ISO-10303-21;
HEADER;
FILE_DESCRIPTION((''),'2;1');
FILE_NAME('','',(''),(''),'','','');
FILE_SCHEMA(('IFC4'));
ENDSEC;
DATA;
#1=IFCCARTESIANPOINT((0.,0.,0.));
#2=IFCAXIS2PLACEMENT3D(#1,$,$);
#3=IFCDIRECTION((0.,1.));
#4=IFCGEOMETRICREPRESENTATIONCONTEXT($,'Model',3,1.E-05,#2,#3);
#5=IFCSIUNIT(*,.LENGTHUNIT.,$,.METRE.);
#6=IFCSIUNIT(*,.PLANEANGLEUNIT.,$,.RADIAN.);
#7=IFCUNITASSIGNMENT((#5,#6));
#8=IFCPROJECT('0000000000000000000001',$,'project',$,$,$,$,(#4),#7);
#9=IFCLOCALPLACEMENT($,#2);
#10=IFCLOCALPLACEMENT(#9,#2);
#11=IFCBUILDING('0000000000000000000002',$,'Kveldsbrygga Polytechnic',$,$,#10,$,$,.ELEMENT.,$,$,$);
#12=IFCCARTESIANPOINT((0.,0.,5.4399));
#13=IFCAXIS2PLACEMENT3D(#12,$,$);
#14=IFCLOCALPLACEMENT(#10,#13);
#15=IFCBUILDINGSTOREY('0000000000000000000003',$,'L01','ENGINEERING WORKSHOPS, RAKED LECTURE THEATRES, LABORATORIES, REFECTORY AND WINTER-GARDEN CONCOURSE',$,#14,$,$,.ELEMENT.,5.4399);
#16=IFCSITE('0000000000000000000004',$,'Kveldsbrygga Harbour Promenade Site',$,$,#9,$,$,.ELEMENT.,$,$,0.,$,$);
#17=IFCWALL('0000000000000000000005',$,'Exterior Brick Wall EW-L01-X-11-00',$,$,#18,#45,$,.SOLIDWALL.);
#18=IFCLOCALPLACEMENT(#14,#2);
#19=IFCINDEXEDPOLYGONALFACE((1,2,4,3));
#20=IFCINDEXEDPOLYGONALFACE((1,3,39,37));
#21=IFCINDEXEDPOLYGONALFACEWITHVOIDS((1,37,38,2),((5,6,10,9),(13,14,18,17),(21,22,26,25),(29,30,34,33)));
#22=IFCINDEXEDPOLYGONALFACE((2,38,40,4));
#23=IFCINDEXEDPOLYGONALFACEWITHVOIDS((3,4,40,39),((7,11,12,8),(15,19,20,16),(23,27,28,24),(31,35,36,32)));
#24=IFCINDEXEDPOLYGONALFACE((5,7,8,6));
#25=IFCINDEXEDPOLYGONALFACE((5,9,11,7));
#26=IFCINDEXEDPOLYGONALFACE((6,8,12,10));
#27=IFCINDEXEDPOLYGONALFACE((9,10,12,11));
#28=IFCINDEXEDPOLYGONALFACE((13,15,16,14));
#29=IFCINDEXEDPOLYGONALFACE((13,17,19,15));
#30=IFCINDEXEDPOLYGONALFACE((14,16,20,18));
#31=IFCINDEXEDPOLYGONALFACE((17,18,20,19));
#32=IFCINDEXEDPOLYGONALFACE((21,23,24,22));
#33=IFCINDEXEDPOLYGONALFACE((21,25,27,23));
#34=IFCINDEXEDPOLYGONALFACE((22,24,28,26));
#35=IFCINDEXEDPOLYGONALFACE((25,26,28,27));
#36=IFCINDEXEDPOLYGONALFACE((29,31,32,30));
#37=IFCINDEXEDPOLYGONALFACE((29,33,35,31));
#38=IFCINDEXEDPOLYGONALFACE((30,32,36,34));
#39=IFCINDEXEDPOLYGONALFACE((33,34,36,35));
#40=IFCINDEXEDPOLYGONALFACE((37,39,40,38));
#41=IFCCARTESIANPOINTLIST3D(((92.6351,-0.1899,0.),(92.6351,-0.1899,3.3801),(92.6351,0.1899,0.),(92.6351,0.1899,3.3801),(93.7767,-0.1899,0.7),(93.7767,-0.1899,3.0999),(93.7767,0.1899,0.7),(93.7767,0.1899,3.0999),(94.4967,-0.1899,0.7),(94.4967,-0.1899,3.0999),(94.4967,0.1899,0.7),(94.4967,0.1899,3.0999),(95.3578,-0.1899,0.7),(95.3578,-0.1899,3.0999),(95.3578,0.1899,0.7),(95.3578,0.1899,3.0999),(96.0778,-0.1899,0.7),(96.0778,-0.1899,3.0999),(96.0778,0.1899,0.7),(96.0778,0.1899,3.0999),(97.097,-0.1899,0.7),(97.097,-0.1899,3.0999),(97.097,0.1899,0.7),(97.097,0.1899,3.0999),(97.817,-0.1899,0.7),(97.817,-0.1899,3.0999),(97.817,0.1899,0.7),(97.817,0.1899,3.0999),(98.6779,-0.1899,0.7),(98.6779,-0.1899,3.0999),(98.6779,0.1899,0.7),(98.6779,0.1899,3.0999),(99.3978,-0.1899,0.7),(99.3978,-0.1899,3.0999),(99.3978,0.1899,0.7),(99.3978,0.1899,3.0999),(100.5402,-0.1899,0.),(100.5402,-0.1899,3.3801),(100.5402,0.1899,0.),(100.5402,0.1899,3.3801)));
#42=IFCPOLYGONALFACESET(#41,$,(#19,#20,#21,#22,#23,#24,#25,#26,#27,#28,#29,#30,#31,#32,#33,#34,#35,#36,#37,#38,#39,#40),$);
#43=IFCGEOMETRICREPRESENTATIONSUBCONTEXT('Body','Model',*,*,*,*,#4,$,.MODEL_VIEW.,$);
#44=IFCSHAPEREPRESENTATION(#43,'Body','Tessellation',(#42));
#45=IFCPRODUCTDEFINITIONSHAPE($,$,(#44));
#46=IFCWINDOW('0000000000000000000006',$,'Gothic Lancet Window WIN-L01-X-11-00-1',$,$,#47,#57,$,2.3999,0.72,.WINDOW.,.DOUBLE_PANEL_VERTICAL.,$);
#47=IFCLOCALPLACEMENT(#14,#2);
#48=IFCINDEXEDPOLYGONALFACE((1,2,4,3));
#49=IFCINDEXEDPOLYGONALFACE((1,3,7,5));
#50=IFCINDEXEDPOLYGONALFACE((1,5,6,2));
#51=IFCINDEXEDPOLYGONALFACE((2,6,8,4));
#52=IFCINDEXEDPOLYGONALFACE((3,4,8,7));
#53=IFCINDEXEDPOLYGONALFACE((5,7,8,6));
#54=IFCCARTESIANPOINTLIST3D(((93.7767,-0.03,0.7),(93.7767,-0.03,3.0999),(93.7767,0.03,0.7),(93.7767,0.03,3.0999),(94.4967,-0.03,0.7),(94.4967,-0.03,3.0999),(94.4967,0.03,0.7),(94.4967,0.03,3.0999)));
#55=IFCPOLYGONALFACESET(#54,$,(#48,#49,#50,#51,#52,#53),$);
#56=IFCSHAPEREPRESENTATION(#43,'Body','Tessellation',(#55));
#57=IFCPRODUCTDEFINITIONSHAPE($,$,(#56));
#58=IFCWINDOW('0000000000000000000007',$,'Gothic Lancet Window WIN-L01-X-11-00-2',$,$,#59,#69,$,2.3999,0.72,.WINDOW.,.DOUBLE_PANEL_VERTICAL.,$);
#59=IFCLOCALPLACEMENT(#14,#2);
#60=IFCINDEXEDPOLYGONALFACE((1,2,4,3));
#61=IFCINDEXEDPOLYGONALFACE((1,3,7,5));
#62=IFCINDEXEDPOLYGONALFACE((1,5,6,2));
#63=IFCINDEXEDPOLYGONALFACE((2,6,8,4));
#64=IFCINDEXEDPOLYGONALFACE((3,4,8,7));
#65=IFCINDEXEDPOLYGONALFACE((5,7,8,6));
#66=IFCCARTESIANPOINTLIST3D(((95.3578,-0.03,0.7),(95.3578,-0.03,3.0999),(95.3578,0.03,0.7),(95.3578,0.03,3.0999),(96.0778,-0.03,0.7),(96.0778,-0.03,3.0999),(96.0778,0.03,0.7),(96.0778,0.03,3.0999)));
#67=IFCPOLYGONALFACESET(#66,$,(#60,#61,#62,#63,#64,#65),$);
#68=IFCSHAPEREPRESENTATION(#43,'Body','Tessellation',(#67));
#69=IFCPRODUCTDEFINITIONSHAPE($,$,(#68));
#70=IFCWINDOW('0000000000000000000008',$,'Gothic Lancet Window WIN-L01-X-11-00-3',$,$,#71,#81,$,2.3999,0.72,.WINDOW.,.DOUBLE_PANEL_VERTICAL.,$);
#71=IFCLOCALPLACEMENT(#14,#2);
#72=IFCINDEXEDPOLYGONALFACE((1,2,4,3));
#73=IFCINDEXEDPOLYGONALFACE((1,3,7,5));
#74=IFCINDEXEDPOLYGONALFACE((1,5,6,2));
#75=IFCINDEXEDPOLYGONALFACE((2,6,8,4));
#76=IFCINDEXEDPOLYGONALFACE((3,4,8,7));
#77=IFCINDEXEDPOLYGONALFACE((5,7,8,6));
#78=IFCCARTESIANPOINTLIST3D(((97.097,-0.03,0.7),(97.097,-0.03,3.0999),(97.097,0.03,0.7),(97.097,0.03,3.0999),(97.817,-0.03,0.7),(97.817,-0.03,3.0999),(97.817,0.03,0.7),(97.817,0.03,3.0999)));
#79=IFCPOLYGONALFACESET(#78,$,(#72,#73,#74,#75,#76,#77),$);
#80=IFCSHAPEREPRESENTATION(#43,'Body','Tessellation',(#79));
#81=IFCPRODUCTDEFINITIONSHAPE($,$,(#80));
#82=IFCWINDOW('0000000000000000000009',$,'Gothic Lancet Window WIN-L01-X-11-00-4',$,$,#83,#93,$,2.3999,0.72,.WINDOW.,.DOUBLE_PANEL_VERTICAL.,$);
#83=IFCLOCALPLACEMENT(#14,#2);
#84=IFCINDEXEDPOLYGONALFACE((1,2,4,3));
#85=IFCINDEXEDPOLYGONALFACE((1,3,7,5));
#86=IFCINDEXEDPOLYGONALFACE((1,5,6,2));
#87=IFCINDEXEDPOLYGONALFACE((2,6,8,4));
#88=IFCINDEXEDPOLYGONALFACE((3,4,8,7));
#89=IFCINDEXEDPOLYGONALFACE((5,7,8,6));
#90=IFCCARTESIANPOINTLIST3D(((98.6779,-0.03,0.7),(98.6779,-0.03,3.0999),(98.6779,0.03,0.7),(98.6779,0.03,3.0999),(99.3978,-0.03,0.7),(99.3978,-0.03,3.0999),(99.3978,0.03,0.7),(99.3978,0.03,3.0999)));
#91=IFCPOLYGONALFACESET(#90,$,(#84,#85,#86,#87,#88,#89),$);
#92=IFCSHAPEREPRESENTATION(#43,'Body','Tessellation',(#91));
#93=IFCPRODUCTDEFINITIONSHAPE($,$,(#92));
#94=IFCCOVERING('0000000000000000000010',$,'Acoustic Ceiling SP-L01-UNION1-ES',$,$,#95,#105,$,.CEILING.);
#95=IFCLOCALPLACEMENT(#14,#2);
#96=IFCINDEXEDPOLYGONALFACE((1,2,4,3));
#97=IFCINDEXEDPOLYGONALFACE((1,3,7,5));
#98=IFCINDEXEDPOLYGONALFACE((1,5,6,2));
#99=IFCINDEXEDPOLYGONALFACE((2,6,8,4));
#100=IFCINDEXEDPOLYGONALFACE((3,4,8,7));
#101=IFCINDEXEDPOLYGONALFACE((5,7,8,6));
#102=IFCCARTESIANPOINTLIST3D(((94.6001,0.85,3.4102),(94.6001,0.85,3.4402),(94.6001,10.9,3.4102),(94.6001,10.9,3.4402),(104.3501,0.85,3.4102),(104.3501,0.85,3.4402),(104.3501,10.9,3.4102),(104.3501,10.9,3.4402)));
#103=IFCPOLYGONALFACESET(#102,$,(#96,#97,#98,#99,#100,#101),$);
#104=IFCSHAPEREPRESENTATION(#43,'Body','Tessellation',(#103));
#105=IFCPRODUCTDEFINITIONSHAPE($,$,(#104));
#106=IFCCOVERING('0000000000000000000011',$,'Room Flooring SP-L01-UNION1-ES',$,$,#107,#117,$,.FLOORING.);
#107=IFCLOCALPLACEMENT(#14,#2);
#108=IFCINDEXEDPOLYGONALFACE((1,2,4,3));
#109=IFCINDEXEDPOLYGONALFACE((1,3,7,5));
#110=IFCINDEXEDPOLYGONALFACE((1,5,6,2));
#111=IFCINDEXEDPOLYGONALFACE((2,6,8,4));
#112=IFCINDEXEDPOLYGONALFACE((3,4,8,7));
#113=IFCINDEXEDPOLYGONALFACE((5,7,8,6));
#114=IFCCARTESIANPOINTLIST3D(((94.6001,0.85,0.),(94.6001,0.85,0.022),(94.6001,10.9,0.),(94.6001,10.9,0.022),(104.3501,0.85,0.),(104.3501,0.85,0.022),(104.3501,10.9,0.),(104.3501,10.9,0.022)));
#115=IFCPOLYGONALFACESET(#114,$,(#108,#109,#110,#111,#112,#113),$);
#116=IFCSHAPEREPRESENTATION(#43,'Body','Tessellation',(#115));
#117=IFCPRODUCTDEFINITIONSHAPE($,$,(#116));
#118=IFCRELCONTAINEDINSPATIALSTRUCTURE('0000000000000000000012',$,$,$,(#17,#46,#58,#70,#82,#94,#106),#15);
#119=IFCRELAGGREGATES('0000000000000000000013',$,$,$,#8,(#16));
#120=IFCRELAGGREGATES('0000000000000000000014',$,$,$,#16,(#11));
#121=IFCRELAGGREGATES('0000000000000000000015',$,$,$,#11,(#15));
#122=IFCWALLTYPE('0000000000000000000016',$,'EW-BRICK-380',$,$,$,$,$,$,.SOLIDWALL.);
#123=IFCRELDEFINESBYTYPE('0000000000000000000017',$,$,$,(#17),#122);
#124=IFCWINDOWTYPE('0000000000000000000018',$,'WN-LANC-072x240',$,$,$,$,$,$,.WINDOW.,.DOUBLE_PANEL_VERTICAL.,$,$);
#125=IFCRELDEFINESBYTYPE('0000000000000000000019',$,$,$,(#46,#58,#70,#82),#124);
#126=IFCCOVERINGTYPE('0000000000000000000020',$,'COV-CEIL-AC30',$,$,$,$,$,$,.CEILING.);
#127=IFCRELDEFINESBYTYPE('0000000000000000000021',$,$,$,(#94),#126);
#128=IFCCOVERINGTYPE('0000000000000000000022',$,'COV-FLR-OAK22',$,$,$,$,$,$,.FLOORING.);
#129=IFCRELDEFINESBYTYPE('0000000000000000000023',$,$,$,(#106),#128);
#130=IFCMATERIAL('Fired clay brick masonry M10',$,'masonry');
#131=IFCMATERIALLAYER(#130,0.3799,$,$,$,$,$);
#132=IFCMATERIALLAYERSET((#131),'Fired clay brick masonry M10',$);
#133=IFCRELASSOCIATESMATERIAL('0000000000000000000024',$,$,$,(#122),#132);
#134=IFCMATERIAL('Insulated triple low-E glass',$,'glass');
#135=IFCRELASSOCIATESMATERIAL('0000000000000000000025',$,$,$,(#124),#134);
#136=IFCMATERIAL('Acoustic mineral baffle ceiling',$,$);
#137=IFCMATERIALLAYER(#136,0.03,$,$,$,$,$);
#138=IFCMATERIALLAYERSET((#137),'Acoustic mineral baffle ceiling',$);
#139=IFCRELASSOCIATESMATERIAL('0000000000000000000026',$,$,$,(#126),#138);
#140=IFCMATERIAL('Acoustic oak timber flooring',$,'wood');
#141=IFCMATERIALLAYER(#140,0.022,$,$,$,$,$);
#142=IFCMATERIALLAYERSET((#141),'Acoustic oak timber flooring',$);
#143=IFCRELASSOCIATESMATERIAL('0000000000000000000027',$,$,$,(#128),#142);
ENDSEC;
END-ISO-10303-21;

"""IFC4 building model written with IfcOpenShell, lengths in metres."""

from ifc_helpers import new_model, si_unit, direction, frame, frame_2d, origin, origin_2d, place, context, subcontext, project, spatial, rectangle, extrude, material, layer, layer_set, type_object, element, fill, save


model = new_model("IFC4")

# Units and contexts
model_context = context("Model", 3, precision=1e-05, world=origin(), true_north=direction((0.0, 1.0)))
body_context = subcontext(model_context, "Body", "Model", "MODEL_VIEW")
ifc_project = project(units=[si_unit("LENGTHUNIT", "METRE"), si_unit("PLANEANGLEUNIT", "RADIAN")], contexts=[model_context])

# Site, building, storey
site_placement = place(None, origin())
site = spatial("IfcSite", under=ifc_project, at=site_placement, Name="Kveldsbrygga Harbour Promenade Site", CompositionType="ELEMENT", RefElevation=0.0)
building_placement = place(site_placement, origin())
building = spatial("IfcBuilding", under=site, at=building_placement, Name="Kveldsbrygga Polytechnic", CompositionType="ELEMENT")
storey_placement = place(building_placement, frame((0.0, 0.0, 5.4399)))
storey = spatial("IfcBuildingStorey", under=building, at=storey_placement, Name="L01", Description="ENGINEERING WORKSHOPS, RAKED LECTURE THEATRES, LABORATORIES, REFECTORY AND WINTER-GARDEN CONCOURSE", CompositionType="ELEMENT", Elevation=5.4399)

# Wall, openings, windows
ifc_material_1 = material(Name="Fired clay brick masonry M10", Category="masonry")
ifc_layer_1 = layer(ifc_material_1, 0.3799)
ifc_layer_set_1 = layer_set([ifc_layer_1], Name="Fired clay brick masonry M10")
wall_type = type_object("IfcWallType", Name="EW-BRICK-380", PredefinedType="SOLIDWALL", material=ifc_layer_set_1)
wall_placement = place(storey_placement, frame((92.635, 0.0, 0.0), z_axis=(0.0, 0.0, 1.0), x_axis=(1.0, 0.0, 0.0)))
wall = element("IfcWall", 1, at=wall_placement, inside=storey, type_object=wall_type, Name="Exterior Brick Wall EW-L01-X-11-00", PredefinedType="SOLIDWALL", context=body_context, shape_type="SweptSolid", body=[
    extrude(rectangle(XDim=7.905, YDim=0.3799, at=frame_2d((3.9526, 0.0))), origin(), (0.0, 0.0, 1.0), 3.3801),
])
opening_1_placement = place(wall_placement, frame((1.1418, 0.0, 0.7)))
opening_1 = element("IfcOpeningElement", 2, at=opening_1_placement, cuts=wall, PredefinedType="OPENING", context=body_context, shape_type="SweptSolid", body=[
    extrude(rectangle(XDim=0.72, YDim=2.3999, at=frame_2d((0.3599, 1.2))), frame((0.0, 0.2, 0.0), z_axis=(0.0, -1.0, 0.0), x_axis=(1.0, 0.0, 0.0)), (0.0, 0.0, 1.0), 0.3999),
])
opening_2_placement = place(wall_placement, frame((2.7229, 0.0, 0.7)))
opening_2 = element("IfcOpeningElement", 3, at=opening_2_placement, cuts=wall, PredefinedType="OPENING", context=body_context, shape_type="SweptSolid", body=[
    extrude(rectangle(XDim=0.72, YDim=2.3999, at=frame_2d((0.3599, 1.2))), frame((0.0, 0.2, 0.0), z_axis=(0.0, -1.0, 0.0), x_axis=(1.0, 0.0, 0.0)), (0.0, 0.0, 1.0), 0.3999),
])
opening_3_placement = place(wall_placement, frame((4.4622, 0.0, 0.7)))
opening_3 = element("IfcOpeningElement", 4, at=opening_3_placement, cuts=wall, PredefinedType="OPENING", context=body_context, shape_type="SweptSolid", body=[
    extrude(rectangle(XDim=0.72, YDim=2.3999, at=frame_2d((0.3599, 1.2))), frame((0.0, 0.2, 0.0), z_axis=(0.0, -1.0, 0.0), x_axis=(1.0, 0.0, 0.0)), (0.0, 0.0, 1.0), 0.3999),
])
opening_4_placement = place(wall_placement, frame((6.043, 0.0, 0.7)))
opening_4 = element("IfcOpeningElement", 5, at=opening_4_placement, cuts=wall, PredefinedType="OPENING", context=body_context, shape_type="SweptSolid", body=[
    extrude(rectangle(XDim=0.72, YDim=2.3999, at=frame_2d((0.3599, 1.2))), frame((0.0, 0.2, 0.0), z_axis=(0.0, -1.0, 0.0), x_axis=(1.0, 0.0, 0.0)), (0.0, 0.0, 1.0), 0.3999),
])
ifc_material_2 = material(Name="Insulated triple low-E glass", Category="glass")
window_type = type_object("IfcWindowType", Name="WN-LANC-072x240", PartitioningType="DOUBLE_PANEL_VERTICAL", PredefinedType="WINDOW", material=ifc_material_2)
window_1_placement = place(opening_1_placement, origin())
window_1 = element("IfcWindow", 6, at=window_1_placement, inside=storey, type_object=window_type, Name="Gothic Lancet Window WIN-L01-X-11-00-1", OverallHeight=2.3999, OverallWidth=0.72, PartitioningType="DOUBLE_PANEL_VERTICAL", PredefinedType="WINDOW", context=body_context, shape_type="SweptSolid", body=[
    extrude(rectangle(XDim=0.72, YDim=2.3999, at=frame_2d((0.3599, 1.2))), frame((0.0, 0.03, 0.0), z_axis=(0.0, -1.0, 0.0), x_axis=(1.0, 0.0, 0.0)), (0.0, 0.0, 1.0), 0.0601),
])
fill(opening_1, window_1)
window_2_placement = place(opening_2_placement, origin())
window_2 = element("IfcWindow", 7, at=window_2_placement, inside=storey, type_object=window_type, Name="Gothic Lancet Window WIN-L01-X-11-00-2", OverallHeight=2.3999, OverallWidth=0.72, PartitioningType="DOUBLE_PANEL_VERTICAL", PredefinedType="WINDOW", context=body_context, shape_type="SweptSolid", body=[
    extrude(rectangle(XDim=0.72, YDim=2.3999, at=frame_2d((0.3599, 1.2))), frame((0.0, 0.03, 0.0), z_axis=(0.0, -1.0, 0.0), x_axis=(1.0, 0.0, 0.0)), (0.0, 0.0, 1.0), 0.0601),
])
fill(opening_2, window_2)
window_3_placement = place(opening_3_placement, origin())
window_3 = element("IfcWindow", 8, at=window_3_placement, inside=storey, type_object=window_type, Name="Gothic Lancet Window WIN-L01-X-11-00-3", OverallHeight=2.3999, OverallWidth=0.72, PartitioningType="DOUBLE_PANEL_VERTICAL", PredefinedType="WINDOW", context=body_context, shape_type="SweptSolid", body=[
    extrude(rectangle(XDim=0.72, YDim=2.3999, at=frame_2d((0.3599, 1.2))), frame((0.0, 0.03, 0.0), z_axis=(0.0, -1.0, 0.0), x_axis=(1.0, 0.0, 0.0)), (0.0, 0.0, 1.0), 0.0601),
])
fill(opening_3, window_3)
window_4_placement = place(opening_4_placement, origin())
window_4 = element("IfcWindow", 9, at=window_4_placement, inside=storey, type_object=window_type, Name="Gothic Lancet Window WIN-L01-X-11-00-4", OverallHeight=2.3999, OverallWidth=0.72, PartitioningType="DOUBLE_PANEL_VERTICAL", PredefinedType="WINDOW", context=body_context, shape_type="SweptSolid", body=[
    extrude(rectangle(XDim=0.72, YDim=2.3999, at=frame_2d((0.3599, 1.2))), frame((0.0, 0.03, 0.0), z_axis=(0.0, -1.0, 0.0), x_axis=(1.0, 0.0, 0.0)), (0.0, 0.0, 1.0), 0.0601),
])
fill(opening_4, window_4)

# Coverings
ifc_material_3 = material(Name="Acoustic mineral baffle ceiling")
ifc_layer_2 = layer(ifc_material_3, 0.03)
ifc_layer_set_2 = layer_set([ifc_layer_2], Name="Acoustic mineral baffle ceiling")
covering_type_1 = type_object("IfcCoveringType", Name="COV-CEIL-AC30", PredefinedType="CEILING", material=ifc_layer_set_2)
covering_1_placement = place(storey_placement, frame((99.4751, 5.875, 3.4102), z_axis=(0.0, 0.0, 1.0), x_axis=(1.0, 0.0, 0.0)))
element("IfcCovering", 10, at=covering_1_placement, inside=storey, type_object=covering_type_1, Name="Acoustic Ceiling SP-L01-UNION1-ES", PredefinedType="CEILING", context=body_context, shape_type="SweptSolid", body=[
    extrude(rectangle(XDim=9.75, YDim=10.05, at=origin_2d()), origin(), (0.0, 0.0, 1.0), 0.03),
])
ifc_material_4 = material(Name="Acoustic oak timber flooring", Category="wood")
ifc_layer_3 = layer(ifc_material_4, 0.022)
ifc_layer_set_3 = layer_set([ifc_layer_3], Name="Acoustic oak timber flooring")
covering_type_2 = type_object("IfcCoveringType", Name="COV-FLR-OAK22", PredefinedType="FLOORING", material=ifc_layer_set_3)
covering_2_placement = place(storey_placement, frame((99.4751, 5.875, 0.0), z_axis=(0.0, 0.0, 1.0), x_axis=(1.0, 0.0, 0.0)))
element("IfcCovering", 11, at=covering_2_placement, inside=storey, type_object=covering_type_2, Name="Room Flooring SP-L01-UNION1-ES", PredefinedType="FLOORING", context=body_context, shape_type="SweptSolid", body=[
    extrude(rectangle(XDim=9.75, YDim=10.05, at=origin_2d()), origin(), (0.0, 0.0, 1.0), 0.022),
])

save(model, "model.ifc")
